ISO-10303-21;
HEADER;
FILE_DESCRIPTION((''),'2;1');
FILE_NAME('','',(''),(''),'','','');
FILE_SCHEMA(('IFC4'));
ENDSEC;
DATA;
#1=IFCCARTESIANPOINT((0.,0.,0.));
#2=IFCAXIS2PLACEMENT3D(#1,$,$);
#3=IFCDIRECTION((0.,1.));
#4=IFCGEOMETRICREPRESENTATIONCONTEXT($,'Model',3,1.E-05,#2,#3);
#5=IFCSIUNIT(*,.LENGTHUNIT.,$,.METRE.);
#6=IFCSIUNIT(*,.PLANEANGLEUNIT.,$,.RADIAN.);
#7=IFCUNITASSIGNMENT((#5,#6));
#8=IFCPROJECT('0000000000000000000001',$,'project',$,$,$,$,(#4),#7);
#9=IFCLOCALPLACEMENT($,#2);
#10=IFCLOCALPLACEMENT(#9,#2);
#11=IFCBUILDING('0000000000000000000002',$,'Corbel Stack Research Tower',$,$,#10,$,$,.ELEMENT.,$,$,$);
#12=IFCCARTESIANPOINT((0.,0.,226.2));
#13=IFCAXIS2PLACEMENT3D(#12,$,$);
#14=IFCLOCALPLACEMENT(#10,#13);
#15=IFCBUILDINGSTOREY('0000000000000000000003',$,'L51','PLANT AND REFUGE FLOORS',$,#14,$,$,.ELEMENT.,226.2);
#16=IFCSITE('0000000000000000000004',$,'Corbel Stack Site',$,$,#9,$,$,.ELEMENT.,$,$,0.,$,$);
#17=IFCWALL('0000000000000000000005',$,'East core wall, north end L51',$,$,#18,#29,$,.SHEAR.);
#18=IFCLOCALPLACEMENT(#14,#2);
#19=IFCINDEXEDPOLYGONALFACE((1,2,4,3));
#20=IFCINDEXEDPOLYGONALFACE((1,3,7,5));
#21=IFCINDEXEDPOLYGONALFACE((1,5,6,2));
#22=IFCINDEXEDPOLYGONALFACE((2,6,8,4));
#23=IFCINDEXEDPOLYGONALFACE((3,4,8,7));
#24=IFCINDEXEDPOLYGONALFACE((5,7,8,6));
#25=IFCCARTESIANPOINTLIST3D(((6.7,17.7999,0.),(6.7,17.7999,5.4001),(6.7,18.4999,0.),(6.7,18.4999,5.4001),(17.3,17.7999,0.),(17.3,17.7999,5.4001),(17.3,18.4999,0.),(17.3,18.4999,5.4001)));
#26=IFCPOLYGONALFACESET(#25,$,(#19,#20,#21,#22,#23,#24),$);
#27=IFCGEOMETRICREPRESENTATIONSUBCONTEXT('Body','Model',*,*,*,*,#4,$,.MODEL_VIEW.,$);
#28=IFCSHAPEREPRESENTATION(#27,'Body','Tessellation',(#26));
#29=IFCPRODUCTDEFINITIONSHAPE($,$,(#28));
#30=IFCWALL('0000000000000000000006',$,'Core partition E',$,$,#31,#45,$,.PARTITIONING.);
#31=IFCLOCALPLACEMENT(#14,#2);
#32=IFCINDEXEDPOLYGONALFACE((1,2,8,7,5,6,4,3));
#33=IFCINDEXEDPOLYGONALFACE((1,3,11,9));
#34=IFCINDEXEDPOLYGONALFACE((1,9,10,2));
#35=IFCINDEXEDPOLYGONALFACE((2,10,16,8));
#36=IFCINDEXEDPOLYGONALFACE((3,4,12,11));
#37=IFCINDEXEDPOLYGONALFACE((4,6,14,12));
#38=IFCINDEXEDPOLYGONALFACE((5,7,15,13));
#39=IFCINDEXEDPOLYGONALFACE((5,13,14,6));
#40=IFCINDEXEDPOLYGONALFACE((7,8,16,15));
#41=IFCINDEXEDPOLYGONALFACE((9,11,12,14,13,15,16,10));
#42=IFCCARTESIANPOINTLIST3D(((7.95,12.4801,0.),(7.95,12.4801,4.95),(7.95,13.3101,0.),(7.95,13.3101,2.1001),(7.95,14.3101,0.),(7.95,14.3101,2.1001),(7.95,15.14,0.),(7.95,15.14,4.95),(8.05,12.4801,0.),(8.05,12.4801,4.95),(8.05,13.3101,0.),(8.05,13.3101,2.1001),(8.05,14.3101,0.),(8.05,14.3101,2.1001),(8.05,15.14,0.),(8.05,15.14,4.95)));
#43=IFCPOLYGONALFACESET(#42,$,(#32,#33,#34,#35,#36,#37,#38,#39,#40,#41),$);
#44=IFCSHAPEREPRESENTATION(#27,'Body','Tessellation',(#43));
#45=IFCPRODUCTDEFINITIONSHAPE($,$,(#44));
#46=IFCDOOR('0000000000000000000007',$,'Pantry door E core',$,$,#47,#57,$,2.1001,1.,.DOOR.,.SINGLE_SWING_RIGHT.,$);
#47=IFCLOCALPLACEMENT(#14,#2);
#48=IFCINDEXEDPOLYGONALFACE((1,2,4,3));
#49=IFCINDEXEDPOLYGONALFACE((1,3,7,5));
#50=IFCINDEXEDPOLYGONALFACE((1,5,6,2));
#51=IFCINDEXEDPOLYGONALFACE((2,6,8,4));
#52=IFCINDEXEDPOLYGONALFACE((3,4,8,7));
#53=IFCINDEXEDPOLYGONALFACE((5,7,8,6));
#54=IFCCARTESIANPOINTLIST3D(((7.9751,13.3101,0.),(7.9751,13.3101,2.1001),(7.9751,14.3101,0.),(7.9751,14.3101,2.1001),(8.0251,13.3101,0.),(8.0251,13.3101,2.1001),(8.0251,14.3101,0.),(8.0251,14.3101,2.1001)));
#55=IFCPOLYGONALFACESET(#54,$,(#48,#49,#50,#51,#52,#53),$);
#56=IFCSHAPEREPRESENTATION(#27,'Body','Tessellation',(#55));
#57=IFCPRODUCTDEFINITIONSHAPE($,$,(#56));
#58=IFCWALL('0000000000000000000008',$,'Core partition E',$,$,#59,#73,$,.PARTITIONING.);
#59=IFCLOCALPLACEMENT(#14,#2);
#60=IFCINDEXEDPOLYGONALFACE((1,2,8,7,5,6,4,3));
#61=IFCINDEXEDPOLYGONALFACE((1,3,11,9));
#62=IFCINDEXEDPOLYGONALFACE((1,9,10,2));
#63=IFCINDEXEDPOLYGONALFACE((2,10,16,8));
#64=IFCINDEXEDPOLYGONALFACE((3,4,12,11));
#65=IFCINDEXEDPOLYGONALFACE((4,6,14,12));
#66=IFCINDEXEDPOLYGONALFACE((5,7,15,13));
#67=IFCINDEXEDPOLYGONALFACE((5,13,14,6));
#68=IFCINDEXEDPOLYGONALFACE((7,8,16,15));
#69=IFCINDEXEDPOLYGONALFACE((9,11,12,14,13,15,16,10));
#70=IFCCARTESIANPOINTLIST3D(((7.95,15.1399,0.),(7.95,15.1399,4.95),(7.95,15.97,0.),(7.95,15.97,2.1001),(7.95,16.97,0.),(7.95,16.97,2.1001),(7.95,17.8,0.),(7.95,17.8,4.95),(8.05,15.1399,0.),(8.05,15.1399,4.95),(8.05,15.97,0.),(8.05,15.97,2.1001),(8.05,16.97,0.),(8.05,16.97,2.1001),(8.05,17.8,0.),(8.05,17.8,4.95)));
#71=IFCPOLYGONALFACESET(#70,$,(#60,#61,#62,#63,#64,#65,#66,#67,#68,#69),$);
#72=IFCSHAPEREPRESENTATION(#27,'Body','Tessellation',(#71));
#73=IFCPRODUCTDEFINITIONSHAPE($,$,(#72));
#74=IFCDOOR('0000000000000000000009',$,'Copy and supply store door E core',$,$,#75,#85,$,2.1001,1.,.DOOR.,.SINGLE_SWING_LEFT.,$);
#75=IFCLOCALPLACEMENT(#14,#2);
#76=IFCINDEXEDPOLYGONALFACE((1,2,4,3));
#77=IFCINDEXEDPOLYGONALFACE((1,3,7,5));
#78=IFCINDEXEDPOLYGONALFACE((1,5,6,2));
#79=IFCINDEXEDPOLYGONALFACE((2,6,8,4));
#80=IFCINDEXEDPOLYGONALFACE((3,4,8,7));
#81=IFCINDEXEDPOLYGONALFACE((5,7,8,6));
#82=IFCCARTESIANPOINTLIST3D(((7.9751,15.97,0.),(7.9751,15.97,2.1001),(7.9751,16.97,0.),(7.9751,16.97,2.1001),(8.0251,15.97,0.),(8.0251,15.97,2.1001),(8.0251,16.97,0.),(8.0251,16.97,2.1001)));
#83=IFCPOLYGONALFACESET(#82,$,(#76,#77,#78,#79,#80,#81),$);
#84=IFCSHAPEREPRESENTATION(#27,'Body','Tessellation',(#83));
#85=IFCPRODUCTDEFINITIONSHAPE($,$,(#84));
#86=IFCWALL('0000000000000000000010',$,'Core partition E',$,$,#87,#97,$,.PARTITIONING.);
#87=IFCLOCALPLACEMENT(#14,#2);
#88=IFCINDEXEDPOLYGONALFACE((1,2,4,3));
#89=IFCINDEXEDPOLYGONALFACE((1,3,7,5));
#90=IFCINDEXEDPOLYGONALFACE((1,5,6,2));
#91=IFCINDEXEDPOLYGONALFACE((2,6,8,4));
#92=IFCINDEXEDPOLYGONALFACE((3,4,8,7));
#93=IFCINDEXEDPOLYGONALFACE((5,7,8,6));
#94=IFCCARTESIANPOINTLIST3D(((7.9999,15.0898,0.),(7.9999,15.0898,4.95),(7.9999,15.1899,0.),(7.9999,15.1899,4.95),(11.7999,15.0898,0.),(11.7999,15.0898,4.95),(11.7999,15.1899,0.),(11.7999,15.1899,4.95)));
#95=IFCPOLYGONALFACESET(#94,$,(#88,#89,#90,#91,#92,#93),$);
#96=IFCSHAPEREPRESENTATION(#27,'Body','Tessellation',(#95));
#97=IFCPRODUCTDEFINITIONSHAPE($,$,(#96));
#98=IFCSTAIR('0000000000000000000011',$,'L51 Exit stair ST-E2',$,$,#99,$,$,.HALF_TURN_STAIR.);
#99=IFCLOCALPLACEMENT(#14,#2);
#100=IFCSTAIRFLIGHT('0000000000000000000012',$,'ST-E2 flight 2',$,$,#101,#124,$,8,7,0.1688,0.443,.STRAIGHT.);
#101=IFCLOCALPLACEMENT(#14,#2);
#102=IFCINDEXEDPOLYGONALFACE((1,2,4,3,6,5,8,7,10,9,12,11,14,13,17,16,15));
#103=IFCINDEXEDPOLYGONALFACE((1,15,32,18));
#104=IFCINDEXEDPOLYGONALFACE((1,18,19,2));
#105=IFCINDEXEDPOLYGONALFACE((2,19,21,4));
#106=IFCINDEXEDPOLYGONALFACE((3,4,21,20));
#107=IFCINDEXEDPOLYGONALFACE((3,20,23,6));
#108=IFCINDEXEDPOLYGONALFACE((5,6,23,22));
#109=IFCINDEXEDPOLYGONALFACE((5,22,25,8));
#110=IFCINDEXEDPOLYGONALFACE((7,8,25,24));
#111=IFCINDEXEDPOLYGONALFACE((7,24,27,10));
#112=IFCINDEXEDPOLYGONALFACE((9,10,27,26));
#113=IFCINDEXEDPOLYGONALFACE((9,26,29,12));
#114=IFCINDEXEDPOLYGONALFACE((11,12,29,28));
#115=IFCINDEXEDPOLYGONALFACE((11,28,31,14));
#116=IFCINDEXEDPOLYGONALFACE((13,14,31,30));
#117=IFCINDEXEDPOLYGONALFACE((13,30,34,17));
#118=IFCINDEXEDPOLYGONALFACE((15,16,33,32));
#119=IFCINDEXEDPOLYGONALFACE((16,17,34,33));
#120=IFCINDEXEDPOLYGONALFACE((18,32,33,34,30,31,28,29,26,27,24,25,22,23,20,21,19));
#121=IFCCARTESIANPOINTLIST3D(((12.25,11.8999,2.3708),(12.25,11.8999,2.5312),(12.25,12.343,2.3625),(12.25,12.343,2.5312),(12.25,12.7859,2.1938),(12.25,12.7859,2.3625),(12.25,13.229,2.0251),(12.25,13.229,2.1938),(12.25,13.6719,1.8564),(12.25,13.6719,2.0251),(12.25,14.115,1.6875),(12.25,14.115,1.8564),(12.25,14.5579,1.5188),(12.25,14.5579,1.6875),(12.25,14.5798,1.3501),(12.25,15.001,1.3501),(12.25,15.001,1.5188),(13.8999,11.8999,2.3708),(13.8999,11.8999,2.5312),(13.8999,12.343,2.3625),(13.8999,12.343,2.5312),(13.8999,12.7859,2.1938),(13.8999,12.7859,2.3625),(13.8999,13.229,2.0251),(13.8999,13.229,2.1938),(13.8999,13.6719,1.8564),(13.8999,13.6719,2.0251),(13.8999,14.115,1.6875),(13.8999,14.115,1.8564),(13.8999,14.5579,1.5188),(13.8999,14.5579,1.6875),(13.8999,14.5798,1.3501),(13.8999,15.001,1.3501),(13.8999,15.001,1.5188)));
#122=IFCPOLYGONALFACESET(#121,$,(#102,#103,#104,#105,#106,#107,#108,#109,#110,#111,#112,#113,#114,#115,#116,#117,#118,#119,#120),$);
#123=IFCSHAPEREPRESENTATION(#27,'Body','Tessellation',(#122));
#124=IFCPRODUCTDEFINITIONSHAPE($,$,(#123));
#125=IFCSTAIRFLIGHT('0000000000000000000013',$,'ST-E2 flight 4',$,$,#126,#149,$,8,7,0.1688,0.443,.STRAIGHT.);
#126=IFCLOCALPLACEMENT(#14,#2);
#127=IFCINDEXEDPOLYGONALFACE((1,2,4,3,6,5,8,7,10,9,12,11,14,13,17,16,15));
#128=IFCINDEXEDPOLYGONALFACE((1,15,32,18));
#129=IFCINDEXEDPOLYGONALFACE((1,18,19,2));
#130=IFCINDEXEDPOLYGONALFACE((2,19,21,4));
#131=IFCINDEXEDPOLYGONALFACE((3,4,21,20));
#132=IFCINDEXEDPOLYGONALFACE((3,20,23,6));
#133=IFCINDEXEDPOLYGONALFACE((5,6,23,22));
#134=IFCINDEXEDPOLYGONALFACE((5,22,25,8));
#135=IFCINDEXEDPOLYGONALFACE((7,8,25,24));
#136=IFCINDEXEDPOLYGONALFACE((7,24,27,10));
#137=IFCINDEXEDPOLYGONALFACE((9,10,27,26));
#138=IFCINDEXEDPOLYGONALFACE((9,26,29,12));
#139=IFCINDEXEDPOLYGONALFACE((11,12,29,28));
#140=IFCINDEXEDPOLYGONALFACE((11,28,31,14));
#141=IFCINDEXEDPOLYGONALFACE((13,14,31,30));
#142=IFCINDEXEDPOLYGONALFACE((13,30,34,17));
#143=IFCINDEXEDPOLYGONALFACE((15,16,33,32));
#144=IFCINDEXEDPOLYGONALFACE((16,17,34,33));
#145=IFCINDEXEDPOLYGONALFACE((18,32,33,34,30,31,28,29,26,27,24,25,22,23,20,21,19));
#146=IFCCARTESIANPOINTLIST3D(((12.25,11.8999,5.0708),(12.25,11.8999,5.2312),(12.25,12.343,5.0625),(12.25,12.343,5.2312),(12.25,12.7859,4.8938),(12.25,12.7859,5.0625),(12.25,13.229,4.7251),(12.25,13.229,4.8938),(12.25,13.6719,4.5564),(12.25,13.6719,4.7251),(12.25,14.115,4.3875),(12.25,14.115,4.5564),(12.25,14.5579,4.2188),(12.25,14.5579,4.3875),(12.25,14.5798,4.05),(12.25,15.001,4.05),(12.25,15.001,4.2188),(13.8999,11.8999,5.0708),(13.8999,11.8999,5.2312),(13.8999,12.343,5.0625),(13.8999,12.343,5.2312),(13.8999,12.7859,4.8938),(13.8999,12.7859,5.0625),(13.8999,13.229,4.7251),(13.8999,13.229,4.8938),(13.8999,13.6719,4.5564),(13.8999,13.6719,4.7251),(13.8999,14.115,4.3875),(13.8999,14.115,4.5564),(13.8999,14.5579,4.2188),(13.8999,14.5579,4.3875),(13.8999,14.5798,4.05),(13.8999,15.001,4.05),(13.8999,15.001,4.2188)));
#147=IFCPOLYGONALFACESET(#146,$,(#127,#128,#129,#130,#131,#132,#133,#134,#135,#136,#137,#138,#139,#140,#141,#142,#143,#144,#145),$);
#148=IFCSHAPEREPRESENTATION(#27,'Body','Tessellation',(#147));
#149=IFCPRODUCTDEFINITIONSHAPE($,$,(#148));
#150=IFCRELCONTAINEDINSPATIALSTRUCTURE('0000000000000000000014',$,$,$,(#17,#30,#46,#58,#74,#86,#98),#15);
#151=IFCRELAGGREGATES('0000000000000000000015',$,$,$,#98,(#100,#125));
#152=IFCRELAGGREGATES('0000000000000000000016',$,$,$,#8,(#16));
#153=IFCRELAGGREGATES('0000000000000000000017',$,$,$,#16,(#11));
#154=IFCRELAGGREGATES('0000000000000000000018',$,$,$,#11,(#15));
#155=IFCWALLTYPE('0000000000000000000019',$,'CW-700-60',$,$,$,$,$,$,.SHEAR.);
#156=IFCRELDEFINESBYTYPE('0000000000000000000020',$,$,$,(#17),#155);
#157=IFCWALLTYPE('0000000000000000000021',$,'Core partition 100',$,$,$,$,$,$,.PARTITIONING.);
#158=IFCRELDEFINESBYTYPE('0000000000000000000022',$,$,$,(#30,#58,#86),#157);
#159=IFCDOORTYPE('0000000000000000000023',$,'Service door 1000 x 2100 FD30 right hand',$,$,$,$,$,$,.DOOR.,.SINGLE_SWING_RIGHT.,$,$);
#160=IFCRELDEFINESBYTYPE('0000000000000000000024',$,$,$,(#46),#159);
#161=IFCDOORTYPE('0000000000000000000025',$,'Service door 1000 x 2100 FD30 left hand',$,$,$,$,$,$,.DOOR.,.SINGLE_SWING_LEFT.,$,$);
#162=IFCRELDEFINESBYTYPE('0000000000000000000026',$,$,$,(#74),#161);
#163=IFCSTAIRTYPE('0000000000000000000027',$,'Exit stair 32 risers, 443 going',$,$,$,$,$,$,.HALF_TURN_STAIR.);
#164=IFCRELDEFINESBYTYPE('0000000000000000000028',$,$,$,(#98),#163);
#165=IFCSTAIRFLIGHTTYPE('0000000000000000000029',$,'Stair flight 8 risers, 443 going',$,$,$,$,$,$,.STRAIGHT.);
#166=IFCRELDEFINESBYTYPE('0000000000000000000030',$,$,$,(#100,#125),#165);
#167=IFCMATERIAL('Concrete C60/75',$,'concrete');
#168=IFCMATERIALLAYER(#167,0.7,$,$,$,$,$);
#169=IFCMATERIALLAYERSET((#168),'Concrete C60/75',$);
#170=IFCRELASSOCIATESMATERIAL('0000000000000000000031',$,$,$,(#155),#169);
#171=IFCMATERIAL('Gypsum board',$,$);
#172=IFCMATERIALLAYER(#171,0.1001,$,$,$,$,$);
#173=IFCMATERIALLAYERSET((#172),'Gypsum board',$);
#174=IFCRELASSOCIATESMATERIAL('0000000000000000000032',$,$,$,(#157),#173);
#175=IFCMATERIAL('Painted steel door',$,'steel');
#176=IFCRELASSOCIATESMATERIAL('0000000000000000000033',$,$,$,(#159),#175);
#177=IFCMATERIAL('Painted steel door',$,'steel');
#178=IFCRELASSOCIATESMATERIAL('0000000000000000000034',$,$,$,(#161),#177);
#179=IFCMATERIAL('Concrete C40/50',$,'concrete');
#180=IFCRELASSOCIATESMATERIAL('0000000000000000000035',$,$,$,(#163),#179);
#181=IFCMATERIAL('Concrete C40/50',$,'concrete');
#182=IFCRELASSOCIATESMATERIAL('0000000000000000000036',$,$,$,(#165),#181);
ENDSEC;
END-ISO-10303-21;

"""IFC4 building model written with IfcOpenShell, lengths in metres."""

from ifc_helpers import new_model, si_unit, direction, frame, frame_2d, origin, place, context, subcontext, project, spatial, polyline, rectangle, outline, extrude, material, layer, layer_set, type_object, element, fill, aggregate, save


model = new_model("IFC4")

# Units and contexts
model_context = context("Model", 3, precision=1e-05, world=origin(), true_north=direction((0.0, 1.0)))
body_context = subcontext(model_context, "Body", "Model", "MODEL_VIEW")
ifc_project = project(units=[si_unit("LENGTHUNIT", "METRE"), si_unit("PLANEANGLEUNIT", "RADIAN")], contexts=[model_context])

# Site, building, storey
site_placement = place(None, origin())
site = spatial("IfcSite", under=ifc_project, at=site_placement, Name="Corbel Stack Site", CompositionType="ELEMENT", RefElevation=0.0)
building_placement = place(site_placement, origin())
building = spatial("IfcBuilding", under=site, at=building_placement, Name="Corbel Stack Research Tower", CompositionType="ELEMENT")
storey_placement = place(building_placement, frame((0.0, 0.0, 226.2)))
storey = spatial("IfcBuildingStorey", under=building, at=storey_placement, Name="L51", Description="PLANT AND REFUGE FLOORS", CompositionType="ELEMENT", Elevation=226.2)

# Wall
ifc_material_1 = material(Name="Concrete C60/75", Category="concrete")
ifc_layer_1 = layer(ifc_material_1, 0.7)
ifc_layer_set_1 = layer_set([ifc_layer_1], Name="Concrete C60/75")
wall_type_1 = type_object("IfcWallType", Name="CW-700-60", PredefinedType="SHEAR", material=ifc_layer_set_1)
wall_1_placement = place(storey_placement, frame((6.7, 18.1499, 0.0), z_axis=(0.0, 0.0, 1.0), x_axis=(1.0, 0.0, 0.0)))
element("IfcWall", 1, at=wall_1_placement, inside=storey, type_object=wall_type_1, Name="East core wall, north end L51", PredefinedType="SHEAR", context=body_context, shape_type="SweptSolid", body=[
    extrude(rectangle(XDim=10.6001, YDim=0.7, at=frame_2d((5.3, 0.0))), origin(), (0.0, 0.0, 1.0), 5.4001),
])

# Walls, openings, doors
ifc_material_2 = material(Name="Gypsum board")
ifc_layer_2 = layer(ifc_material_2, 0.1001)
ifc_layer_set_2 = layer_set([ifc_layer_2], Name="Gypsum board")
wall_type_2 = type_object("IfcWallType", Name="Core partition 100", PredefinedType="PARTITIONING", material=ifc_layer_set_2)
wall_2_placement = place(storey_placement, frame((8.0, 12.48, 0.0), z_axis=(0.0, 0.0, 1.0), x_axis=(0.0, 1.0, 0.0)))
wall_2 = element("IfcWall", 2, at=wall_2_placement, inside=storey, type_object=wall_type_2, Name="Core partition E", PredefinedType="PARTITIONING", context=body_context, shape_type="SweptSolid", body=[
    extrude(rectangle(XDim=2.6599, YDim=0.1001, at=frame_2d((1.3301, 0.0))), origin(), (0.0, 0.0, 1.0), 4.95),
])
opening_1_placement = place(wall_2_placement, frame((0.8301, 0.0, 0.0)))
opening_1 = element("IfcOpeningElement", 3, at=opening_1_placement, cuts=wall_2, PredefinedType="OPENING", context=body_context, shape_type="SweptSolid", body=[
    extrude(rectangle(XDim=1.0, YDim=2.1001, at=frame_2d((0.5, 1.05))), frame((0.0, 0.0601, 0.0), z_axis=(0.0, -1.0, 0.0), x_axis=(1.0, 0.0, 0.0)), (0.0, 0.0, 1.0), 0.1201),
])
ifc_material_3 = material(Name="Painted steel door", Category="steel")
door_type_1 = type_object("IfcDoorType", Name="Service door 1000 x 2100 FD30 right hand", OperationType="SINGLE_SWING_RIGHT", PredefinedType="DOOR", material=ifc_material_3)
door_1_placement = place(opening_1_placement, origin())
door_1 = element("IfcDoor", 4, at=door_1_placement, inside=storey, type_object=door_type_1, Name="Pantry door E core", OperationType="SINGLE_SWING_RIGHT", OverallHeight=2.1001, OverallWidth=1.0, PredefinedType="DOOR", context=body_context, shape_type="SweptSolid", body=[
    extrude(rectangle(XDim=1.0, YDim=2.1001, at=frame_2d((0.5, 1.05))), frame((0.0, 0.0249, 0.0), z_axis=(0.0, -1.0, 0.0), x_axis=(1.0, 0.0, 0.0)), (0.0, 0.0, 1.0), 0.05),
])
fill(opening_1, door_1)
wall_3_placement = place(storey_placement, frame((8.0, 15.1399, 0.0), z_axis=(0.0, 0.0, 1.0), x_axis=(0.0, 1.0, 0.0)))
wall_3 = element("IfcWall", 5, at=wall_3_placement, inside=storey, type_object=wall_type_2, Name="Core partition E", PredefinedType="PARTITIONING", context=body_context, shape_type="SweptSolid", body=[
    extrude(rectangle(XDim=2.6602, YDim=0.1001, at=frame_2d((1.3301, 0.0))), origin(), (0.0, 0.0, 1.0), 4.95),
])
opening_2_placement = place(wall_3_placement, frame((0.8301, 0.0, 0.0)))
opening_2 = element("IfcOpeningElement", 6, at=opening_2_placement, cuts=wall_3, PredefinedType="OPENING", context=body_context, shape_type="SweptSolid", body=[
    extrude(rectangle(XDim=1.0, YDim=2.1001, at=frame_2d((0.5, 1.05))), frame((0.0, 0.0601, 0.0), z_axis=(0.0, -1.0, 0.0), x_axis=(1.0, 0.0, 0.0)), (0.0, 0.0, 1.0), 0.1201),
])
ifc_material_4 = material(Name="Painted steel door", Category="steel")
door_type_2 = type_object("IfcDoorType", Name="Service door 1000 x 2100 FD30 left hand", OperationType="SINGLE_SWING_LEFT", PredefinedType="DOOR", material=ifc_material_4)
door_2_placement = place(opening_2_placement, origin())
door_2 = element("IfcDoor", 7, at=door_2_placement, inside=storey, type_object=door_type_2, Name="Copy and supply store door E core", OperationType="SINGLE_SWING_LEFT", OverallHeight=2.1001, OverallWidth=1.0, PredefinedType="DOOR", context=body_context, shape_type="SweptSolid", body=[
    extrude(rectangle(XDim=1.0, YDim=2.1001, at=frame_2d((0.5, 1.05))), frame((0.0, 0.0249, 0.0), z_axis=(0.0, -1.0, 0.0), x_axis=(1.0, 0.0, 0.0)), (0.0, 0.0, 1.0), 0.05),
])
fill(opening_2, door_2)

# Wall
wall_4_placement = place(storey_placement, frame((8.0, 15.1399, 0.0), z_axis=(0.0, 0.0, 1.0), x_axis=(1.0, 0.0, 0.0)))
element("IfcWall", 8, at=wall_4_placement, inside=storey, type_object=wall_type_2, Name="Core partition E", PredefinedType="PARTITIONING", context=body_context, shape_type="SweptSolid", body=[
    extrude(rectangle(XDim=3.8, YDim=0.1001, at=frame_2d((1.8999, 0.0))), origin(), (0.0, 0.0, 1.0), 4.95),
])

# Stair, stair flights
ifc_material_5 = material(Name="Concrete C40/50", Category="concrete")
stair_type = type_object("IfcStairType", Name="Exit stair 32 risers, 443 going", PredefinedType="HALF_TURN_STAIR", material=ifc_material_5)
stair_placement = place(storey_placement, origin())
stair = element("IfcStair", 9, at=stair_placement, inside=storey, type_object=stair_type, Name="L51 Exit stair ST-E2", PredefinedType="HALF_TURN_STAIR")
ifc_material_6 = material(Name="Concrete C40/50", Category="concrete")
stair_flight_type = type_object("IfcStairFlightType", Name="Stair flight 8 risers, 443 going", PredefinedType="STRAIGHT", material=ifc_material_6)
stair_flight_1_placement = place(storey_placement, frame((13.075, 15.001, 1.3501), z_axis=(0.0, 0.0, 1.0), x_axis=(0.0, -1.0, 0.0)))
stair_flight_1 = element("IfcStairFlight", 10, at=stair_flight_1_placement, type_object=stair_flight_type, Name="ST-E2 flight 2", NumberOfRisers=8, NumberOfTreads=7, PredefinedType="STRAIGHT", RiserHeight=0.1688, TreadLength=0.443, context=body_context, shape_type="SweptSolid", body=[
    extrude(outline(polyline([(0.0, 0.0), (0.0, 0.1687), (0.4431, 0.1687), (0.4431, 0.3374), (0.886, 0.3374), (0.886, 0.5063), (1.3291, 0.5063), (1.3291, 0.675), (1.772, 0.675), (1.772, 0.8438), (2.2151, 0.8438), (2.2151, 1.0125), (2.658, 1.0125), (2.658, 1.1812), (3.1011, 1.1812), (3.1011, 1.3501), (3.1011, 1.0208), (0.4211, 0.0), (0.0, 0.0)])), frame((0.0, 0.825, 0.0), z_axis=(0.0, -1.0, 0.0), x_axis=(1.0, 0.0, 0.0)), (0.0, 0.0, 1.0), 1.6499),
])
stair_flight_2_placement = place(storey_placement, frame((13.075, 15.001, 4.05), z_axis=(0.0, 0.0, 1.0), x_axis=(0.0, -1.0, 0.0)))
stair_flight_2 = element("IfcStairFlight", 11, at=stair_flight_2_placement, type_object=stair_flight_type, Name="ST-E2 flight 4", NumberOfRisers=8, NumberOfTreads=7, PredefinedType="STRAIGHT", RiserHeight=0.1688, TreadLength=0.443, context=body_context, shape_type="SweptSolid", body=[
    extrude(outline(polyline([(0.0, 0.0), (0.0, 0.1687), (0.4431, 0.1687), (0.4431, 0.3374), (0.886, 0.3374), (0.886, 0.5063), (1.3291, 0.5063), (1.3291, 0.675), (1.772, 0.675), (1.772, 0.8438), (2.2151, 0.8438), (2.2151, 1.0125), (2.658, 1.0125), (2.658, 1.1812), (3.1011, 1.1812), (3.1011, 1.3501), (3.1011, 1.0208), (0.4211, 0.0), (0.0, 0.0)])), frame((0.0, 0.825, 0.0), z_axis=(0.0, -1.0, 0.0), x_axis=(1.0, 0.0, 0.0)), (0.0, 0.0, 1.0), 1.6499),
])
aggregate(stair, [stair_flight_1, stair_flight_2])

save(model, "model.ifc")
